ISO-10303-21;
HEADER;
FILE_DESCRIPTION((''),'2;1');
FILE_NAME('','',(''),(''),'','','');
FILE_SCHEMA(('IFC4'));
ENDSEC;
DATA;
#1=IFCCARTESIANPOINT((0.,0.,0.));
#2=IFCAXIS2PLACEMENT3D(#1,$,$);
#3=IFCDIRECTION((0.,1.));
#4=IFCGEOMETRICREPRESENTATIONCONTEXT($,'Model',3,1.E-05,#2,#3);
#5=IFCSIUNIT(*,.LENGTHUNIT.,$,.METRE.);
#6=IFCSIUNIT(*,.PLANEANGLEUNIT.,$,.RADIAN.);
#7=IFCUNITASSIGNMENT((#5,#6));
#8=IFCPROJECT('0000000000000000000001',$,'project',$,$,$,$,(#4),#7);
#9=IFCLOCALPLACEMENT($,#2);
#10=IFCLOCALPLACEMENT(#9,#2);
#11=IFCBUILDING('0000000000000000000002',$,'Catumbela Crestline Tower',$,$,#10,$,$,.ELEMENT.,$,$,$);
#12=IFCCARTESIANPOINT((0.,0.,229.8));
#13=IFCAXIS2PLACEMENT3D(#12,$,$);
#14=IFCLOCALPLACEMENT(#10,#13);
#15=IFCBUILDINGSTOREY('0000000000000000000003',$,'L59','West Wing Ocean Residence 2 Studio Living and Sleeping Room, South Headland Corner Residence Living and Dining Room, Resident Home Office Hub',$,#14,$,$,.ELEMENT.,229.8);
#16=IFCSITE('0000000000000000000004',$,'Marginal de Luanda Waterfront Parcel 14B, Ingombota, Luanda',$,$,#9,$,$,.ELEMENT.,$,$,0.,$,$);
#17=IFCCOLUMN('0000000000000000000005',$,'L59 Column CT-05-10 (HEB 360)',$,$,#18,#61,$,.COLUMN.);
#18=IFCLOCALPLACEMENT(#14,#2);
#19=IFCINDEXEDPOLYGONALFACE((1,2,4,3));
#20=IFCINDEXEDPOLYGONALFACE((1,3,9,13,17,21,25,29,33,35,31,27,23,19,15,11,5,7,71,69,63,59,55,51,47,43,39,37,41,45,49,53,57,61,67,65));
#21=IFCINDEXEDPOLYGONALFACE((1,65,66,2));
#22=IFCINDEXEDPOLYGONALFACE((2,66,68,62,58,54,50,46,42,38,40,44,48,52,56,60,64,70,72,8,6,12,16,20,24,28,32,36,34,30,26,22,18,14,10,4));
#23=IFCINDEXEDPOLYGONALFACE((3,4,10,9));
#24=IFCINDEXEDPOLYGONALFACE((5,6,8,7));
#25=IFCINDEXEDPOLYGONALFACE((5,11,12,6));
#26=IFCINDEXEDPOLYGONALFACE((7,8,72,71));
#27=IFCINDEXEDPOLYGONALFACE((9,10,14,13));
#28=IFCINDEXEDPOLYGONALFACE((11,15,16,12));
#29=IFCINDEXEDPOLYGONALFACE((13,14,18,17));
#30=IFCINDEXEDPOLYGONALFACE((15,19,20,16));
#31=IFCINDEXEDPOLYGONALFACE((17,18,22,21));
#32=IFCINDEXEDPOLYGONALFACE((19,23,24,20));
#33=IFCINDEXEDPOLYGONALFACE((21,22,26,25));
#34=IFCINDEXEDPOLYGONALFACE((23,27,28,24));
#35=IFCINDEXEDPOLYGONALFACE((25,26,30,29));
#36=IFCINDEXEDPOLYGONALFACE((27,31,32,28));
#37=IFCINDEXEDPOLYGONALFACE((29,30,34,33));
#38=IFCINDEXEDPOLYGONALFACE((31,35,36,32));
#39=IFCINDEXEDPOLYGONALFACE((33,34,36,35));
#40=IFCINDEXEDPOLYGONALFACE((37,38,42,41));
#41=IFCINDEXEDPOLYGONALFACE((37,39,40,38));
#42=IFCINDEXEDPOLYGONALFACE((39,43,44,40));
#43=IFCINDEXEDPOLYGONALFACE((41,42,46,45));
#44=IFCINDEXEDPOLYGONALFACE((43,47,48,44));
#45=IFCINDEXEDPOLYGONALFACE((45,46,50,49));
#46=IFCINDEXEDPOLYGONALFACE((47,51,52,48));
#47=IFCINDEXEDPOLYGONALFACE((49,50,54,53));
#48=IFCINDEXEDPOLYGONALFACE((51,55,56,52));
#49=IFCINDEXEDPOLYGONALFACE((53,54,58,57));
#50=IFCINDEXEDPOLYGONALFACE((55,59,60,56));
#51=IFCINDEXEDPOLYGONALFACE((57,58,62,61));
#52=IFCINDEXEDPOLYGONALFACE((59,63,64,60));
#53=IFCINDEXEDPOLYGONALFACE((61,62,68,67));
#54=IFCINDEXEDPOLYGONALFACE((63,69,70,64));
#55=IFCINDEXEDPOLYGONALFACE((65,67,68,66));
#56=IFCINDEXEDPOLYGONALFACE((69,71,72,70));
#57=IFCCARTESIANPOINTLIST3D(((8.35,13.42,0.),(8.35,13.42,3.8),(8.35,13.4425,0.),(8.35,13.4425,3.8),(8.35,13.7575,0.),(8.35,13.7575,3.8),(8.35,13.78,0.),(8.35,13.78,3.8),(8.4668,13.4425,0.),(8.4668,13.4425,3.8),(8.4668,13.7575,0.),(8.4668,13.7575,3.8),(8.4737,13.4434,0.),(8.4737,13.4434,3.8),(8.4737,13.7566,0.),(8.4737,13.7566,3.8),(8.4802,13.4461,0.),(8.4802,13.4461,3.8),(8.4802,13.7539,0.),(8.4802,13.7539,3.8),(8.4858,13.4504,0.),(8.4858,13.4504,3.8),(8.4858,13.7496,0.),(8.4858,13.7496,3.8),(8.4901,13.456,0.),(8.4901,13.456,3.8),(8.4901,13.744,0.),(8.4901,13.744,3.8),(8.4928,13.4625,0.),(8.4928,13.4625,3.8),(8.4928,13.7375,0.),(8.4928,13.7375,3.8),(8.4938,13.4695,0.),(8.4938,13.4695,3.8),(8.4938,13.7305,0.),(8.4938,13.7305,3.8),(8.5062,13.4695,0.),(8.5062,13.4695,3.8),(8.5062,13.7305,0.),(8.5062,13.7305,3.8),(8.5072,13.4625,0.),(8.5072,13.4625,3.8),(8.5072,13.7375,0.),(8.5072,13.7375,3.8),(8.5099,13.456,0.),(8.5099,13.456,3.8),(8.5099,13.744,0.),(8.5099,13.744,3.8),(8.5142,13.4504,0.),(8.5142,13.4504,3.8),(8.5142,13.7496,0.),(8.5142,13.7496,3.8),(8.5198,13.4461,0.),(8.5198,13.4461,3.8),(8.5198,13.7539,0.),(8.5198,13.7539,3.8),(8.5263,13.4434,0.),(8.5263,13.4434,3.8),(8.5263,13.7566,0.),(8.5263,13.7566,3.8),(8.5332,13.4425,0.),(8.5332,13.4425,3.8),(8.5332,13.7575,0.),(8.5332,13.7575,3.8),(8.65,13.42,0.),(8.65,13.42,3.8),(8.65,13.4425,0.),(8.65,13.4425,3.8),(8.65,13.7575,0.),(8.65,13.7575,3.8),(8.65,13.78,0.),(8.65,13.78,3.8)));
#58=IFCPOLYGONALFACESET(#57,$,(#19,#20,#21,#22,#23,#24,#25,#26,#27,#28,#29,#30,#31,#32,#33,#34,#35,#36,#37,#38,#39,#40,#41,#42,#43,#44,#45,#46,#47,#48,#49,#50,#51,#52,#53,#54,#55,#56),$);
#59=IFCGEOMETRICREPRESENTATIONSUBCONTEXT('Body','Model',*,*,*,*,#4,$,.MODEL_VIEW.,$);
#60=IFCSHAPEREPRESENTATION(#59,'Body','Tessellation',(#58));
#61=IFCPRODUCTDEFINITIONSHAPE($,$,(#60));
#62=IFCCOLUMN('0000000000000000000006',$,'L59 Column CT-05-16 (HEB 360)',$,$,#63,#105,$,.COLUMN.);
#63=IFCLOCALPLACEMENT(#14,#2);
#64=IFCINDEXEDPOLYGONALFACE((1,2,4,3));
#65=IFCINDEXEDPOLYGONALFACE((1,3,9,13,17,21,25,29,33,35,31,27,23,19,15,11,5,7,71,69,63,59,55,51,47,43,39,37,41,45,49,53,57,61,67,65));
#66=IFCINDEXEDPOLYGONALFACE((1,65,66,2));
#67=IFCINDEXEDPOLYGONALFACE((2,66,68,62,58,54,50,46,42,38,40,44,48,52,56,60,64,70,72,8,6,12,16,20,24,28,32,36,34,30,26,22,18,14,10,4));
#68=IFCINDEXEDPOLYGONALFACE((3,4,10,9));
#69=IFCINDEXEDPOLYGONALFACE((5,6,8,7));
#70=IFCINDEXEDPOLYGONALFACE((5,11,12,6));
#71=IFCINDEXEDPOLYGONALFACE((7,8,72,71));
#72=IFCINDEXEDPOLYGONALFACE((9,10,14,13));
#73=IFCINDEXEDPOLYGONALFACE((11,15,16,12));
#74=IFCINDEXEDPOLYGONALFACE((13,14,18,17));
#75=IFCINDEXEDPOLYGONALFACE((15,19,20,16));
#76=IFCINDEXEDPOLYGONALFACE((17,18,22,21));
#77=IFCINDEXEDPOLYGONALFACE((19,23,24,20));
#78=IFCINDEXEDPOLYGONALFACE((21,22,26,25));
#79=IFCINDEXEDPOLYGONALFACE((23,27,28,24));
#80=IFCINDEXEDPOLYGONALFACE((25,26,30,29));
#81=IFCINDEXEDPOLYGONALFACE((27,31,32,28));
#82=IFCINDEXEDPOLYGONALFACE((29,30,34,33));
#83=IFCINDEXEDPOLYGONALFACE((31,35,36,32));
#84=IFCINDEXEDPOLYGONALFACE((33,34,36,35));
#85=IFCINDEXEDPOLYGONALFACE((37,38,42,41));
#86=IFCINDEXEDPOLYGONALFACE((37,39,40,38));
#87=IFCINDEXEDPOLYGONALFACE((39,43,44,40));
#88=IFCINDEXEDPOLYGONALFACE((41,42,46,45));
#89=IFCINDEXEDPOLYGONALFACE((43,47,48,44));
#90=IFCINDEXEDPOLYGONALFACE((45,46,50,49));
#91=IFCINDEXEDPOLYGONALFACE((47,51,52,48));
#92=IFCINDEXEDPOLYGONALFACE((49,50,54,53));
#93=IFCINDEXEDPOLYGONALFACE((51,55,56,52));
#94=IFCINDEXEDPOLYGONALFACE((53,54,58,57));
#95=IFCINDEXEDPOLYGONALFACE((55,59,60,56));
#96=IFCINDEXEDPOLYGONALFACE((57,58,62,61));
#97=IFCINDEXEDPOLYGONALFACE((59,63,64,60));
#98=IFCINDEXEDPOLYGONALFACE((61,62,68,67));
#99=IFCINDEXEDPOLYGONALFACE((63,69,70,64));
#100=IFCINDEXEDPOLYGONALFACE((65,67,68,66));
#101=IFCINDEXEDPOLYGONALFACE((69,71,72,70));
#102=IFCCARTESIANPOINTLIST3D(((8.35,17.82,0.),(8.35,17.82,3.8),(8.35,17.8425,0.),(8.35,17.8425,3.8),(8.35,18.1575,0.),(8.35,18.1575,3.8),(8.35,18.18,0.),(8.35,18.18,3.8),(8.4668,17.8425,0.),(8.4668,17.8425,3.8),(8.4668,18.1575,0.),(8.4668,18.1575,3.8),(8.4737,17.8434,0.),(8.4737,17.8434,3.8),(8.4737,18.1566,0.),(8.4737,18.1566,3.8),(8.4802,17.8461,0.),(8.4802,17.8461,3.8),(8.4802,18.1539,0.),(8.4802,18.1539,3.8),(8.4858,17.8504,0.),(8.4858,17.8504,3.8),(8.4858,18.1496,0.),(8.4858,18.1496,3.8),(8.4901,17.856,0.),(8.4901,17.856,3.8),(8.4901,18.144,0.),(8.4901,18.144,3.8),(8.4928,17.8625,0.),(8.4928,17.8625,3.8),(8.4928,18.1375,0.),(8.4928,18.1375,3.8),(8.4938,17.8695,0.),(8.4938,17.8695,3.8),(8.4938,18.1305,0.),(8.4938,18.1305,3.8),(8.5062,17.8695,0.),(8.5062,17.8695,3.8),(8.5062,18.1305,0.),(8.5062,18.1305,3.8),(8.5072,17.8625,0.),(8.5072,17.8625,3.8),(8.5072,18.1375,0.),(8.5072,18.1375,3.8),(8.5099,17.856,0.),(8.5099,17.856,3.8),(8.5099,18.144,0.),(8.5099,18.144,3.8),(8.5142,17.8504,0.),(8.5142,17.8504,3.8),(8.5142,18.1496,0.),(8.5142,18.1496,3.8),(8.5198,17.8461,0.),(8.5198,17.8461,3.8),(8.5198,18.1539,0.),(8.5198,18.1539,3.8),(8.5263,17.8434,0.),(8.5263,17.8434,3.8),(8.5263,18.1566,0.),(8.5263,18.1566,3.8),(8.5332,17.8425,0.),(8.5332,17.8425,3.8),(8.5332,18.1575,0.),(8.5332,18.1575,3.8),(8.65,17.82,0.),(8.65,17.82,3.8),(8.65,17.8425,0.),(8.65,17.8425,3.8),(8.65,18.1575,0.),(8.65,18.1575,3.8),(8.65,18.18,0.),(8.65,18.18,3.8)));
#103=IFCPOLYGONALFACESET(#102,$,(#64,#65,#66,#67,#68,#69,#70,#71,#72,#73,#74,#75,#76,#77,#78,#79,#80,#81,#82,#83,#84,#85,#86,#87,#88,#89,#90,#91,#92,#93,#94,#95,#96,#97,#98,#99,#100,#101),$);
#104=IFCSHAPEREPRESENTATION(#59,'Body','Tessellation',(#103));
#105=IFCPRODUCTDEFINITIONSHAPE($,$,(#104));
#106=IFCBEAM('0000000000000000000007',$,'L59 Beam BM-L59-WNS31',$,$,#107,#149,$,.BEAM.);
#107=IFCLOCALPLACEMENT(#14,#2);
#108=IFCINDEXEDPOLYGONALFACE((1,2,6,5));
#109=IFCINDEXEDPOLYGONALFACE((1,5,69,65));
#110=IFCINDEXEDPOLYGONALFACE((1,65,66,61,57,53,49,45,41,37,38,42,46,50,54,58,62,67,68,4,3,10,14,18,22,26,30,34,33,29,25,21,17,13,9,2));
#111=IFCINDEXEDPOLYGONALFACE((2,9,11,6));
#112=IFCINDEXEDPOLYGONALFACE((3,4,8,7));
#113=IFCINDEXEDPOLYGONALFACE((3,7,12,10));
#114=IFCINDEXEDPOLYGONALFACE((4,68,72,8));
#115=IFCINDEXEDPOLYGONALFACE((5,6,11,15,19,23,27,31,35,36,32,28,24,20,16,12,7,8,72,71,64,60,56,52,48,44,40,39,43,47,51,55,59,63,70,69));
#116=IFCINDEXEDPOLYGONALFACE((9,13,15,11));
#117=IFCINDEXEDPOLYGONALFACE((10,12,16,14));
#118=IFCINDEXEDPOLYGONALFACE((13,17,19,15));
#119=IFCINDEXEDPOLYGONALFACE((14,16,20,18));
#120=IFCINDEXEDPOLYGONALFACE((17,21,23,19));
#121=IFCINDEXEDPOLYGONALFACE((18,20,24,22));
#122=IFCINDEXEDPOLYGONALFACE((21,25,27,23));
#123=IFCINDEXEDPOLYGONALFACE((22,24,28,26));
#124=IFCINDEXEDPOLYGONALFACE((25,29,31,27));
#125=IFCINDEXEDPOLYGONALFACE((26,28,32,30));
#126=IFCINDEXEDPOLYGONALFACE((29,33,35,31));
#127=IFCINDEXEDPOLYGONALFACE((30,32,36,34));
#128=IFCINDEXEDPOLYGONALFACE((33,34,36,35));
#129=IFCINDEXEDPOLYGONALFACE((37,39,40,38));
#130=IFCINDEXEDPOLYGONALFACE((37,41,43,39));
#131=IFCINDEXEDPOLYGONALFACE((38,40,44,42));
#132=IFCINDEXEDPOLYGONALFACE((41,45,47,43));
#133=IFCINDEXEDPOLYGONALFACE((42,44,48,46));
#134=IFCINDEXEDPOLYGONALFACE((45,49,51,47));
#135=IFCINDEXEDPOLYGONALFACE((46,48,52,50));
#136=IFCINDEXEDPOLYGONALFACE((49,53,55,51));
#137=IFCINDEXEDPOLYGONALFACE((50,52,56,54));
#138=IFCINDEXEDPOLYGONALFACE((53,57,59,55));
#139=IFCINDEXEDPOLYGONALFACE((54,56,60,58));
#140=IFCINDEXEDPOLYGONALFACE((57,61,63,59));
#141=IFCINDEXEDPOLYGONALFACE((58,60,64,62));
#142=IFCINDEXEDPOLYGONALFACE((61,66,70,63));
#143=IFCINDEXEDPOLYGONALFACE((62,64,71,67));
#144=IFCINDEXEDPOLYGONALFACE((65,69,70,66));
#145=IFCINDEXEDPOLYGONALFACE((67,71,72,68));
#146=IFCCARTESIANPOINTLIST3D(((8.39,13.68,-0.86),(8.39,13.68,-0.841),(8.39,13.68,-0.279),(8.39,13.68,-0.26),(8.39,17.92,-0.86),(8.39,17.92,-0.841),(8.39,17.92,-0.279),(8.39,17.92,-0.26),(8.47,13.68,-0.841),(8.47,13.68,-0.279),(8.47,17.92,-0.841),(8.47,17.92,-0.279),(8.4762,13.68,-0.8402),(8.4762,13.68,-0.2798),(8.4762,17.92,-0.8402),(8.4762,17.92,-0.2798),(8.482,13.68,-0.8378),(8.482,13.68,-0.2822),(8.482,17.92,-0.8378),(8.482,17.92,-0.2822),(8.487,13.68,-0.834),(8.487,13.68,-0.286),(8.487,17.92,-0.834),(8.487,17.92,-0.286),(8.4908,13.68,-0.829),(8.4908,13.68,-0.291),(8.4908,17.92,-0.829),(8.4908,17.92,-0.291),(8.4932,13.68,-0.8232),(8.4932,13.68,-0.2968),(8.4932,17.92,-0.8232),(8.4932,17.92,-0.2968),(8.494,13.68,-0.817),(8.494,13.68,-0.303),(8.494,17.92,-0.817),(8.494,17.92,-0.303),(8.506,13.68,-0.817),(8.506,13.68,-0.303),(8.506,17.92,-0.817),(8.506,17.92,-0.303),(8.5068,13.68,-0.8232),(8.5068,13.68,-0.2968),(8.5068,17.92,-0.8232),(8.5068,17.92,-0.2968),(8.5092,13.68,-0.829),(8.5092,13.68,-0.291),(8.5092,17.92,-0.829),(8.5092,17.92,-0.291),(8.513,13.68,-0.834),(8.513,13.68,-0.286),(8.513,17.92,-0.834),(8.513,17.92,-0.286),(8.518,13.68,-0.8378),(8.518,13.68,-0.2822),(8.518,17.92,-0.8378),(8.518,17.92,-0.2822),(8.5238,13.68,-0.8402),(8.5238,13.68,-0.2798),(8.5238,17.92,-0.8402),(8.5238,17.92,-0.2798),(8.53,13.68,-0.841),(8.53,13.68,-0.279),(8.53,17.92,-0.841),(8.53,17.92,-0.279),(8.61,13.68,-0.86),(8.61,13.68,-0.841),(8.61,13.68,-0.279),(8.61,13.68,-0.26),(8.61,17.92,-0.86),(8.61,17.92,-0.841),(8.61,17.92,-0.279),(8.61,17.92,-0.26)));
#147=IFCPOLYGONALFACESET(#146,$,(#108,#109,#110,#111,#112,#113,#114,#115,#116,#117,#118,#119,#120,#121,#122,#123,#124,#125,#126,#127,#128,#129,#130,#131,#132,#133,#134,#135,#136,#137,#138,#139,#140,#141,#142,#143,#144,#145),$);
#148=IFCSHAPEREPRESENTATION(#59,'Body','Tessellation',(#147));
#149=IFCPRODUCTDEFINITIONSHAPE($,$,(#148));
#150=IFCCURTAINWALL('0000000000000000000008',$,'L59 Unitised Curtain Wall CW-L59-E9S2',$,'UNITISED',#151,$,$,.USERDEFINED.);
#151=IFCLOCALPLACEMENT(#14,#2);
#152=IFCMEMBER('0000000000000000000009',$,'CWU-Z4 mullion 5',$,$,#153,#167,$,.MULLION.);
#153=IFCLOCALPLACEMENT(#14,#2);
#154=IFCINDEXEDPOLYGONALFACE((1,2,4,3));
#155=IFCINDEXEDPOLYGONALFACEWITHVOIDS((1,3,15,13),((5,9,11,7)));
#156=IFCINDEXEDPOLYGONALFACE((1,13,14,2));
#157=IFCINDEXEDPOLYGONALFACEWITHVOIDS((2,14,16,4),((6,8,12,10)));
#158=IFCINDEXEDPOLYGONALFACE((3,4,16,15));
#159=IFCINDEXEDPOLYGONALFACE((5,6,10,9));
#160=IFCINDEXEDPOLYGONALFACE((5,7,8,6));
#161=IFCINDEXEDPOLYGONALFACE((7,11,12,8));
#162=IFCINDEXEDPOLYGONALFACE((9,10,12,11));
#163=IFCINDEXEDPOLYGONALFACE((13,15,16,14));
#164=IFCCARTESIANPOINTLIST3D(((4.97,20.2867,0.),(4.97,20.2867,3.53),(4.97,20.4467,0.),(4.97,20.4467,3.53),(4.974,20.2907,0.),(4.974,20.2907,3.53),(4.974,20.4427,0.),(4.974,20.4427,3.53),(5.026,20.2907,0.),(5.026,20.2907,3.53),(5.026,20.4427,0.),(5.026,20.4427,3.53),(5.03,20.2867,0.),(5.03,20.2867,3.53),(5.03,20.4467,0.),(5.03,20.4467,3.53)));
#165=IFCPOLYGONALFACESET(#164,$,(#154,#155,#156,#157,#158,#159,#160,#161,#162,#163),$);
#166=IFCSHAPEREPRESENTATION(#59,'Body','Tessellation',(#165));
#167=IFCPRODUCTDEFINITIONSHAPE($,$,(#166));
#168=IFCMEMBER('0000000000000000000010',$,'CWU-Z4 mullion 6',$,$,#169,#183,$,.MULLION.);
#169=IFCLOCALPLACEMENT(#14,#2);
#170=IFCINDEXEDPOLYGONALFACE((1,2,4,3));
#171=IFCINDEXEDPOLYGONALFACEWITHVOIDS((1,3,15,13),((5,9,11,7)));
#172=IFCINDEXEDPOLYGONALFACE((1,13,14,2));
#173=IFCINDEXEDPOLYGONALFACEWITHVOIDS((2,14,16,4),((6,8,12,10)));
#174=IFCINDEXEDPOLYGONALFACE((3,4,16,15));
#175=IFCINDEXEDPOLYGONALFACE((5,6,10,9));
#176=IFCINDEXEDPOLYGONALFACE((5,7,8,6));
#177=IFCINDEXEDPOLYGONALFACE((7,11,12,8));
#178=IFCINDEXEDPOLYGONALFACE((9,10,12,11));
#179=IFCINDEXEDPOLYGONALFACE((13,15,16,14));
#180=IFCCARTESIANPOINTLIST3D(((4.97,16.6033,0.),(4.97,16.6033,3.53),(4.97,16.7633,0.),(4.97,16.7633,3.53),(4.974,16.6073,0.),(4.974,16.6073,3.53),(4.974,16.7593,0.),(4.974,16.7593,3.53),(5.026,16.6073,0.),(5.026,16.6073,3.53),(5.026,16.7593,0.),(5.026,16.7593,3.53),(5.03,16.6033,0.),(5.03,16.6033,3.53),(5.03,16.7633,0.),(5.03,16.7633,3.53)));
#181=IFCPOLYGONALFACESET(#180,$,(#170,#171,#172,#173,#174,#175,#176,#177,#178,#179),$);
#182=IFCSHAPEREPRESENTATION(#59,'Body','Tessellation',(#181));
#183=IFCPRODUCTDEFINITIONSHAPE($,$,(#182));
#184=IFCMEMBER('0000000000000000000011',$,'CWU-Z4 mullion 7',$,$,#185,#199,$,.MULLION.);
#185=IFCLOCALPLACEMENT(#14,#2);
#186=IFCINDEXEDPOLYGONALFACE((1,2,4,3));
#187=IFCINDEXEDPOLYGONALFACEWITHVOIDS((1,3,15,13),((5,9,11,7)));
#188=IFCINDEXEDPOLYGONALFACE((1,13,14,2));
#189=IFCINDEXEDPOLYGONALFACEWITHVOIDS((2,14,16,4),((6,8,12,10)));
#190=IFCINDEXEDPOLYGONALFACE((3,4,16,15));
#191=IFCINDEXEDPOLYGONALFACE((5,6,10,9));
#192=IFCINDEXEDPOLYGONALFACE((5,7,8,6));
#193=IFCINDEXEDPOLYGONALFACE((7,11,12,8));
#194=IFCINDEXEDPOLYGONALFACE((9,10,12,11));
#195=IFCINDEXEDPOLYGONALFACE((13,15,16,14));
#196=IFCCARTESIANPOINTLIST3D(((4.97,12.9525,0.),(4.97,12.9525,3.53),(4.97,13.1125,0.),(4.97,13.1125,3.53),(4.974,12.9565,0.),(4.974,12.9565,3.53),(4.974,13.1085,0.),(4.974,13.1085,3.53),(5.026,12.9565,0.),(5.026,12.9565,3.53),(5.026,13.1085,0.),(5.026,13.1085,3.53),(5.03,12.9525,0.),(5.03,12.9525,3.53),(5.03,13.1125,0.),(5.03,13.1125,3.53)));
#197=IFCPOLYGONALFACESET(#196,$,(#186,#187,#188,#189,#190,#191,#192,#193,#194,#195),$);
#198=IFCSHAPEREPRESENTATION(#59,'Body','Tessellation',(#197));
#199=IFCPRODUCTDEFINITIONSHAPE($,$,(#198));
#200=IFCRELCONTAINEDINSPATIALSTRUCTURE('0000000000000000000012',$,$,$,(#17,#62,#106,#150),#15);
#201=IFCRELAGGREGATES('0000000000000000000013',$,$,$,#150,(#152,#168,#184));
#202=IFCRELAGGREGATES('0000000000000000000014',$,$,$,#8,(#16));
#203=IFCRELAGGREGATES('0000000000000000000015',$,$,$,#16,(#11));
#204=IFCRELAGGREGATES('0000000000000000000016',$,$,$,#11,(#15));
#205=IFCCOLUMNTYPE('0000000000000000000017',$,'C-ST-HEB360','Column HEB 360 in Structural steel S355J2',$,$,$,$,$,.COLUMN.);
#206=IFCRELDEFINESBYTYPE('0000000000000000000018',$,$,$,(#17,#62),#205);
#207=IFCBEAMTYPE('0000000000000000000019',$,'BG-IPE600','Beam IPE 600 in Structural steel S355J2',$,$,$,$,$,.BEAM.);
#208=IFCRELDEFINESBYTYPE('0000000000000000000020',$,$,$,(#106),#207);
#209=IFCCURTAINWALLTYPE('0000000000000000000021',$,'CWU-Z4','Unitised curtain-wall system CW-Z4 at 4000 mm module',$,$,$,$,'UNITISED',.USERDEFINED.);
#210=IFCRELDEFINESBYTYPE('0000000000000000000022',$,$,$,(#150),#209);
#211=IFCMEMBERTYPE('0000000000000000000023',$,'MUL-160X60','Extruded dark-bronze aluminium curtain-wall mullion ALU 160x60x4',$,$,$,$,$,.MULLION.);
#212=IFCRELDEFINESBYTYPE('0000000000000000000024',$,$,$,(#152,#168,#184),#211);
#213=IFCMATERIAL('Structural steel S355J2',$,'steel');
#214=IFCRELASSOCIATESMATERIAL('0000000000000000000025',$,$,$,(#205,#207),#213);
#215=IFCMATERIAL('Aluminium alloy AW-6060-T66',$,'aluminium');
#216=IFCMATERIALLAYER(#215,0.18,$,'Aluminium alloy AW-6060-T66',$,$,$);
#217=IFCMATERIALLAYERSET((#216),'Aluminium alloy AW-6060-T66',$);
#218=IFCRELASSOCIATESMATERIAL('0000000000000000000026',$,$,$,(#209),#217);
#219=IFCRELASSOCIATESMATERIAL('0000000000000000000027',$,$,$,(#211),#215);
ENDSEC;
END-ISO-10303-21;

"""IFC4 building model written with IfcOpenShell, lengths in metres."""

from ifc_helpers import new_model, si_unit, direction, frame, origin, origin_2d, place, context, subcontext, project, spatial, hollow_rectangle, i_section, extrude, material, layer, layer_set, material_profile, profile_set, type_object, element, aggregate, save


model = new_model("IFC4")

# Units and contexts
model_context = context("Model", 3, precision=1e-05, world=origin(), true_north=direction((0.0, 1.0)))
body_context = subcontext(model_context, "Body", "Model", "MODEL_VIEW")
ifc_project = project(units=[si_unit("LENGTHUNIT", "METRE"), si_unit("PLANEANGLEUNIT", "RADIAN")], contexts=[model_context])

# Site, building, storey
site_placement = place(None, origin())
site = spatial("IfcSite", under=ifc_project, at=site_placement, Name="Marginal de Luanda Waterfront Parcel 14B, Ingombota, Luanda", CompositionType="ELEMENT", RefElevation=0.0)
building_placement = place(site_placement, origin())
building = spatial("IfcBuilding", under=site, at=building_placement, Name="Catumbela Crestline Tower", CompositionType="ELEMENT")
storey_placement = place(building_placement, frame((0.0, 0.0, 229.8)))
storey = spatial("IfcBuildingStorey", under=building, at=storey_placement, Name="L59", Description="West Wing Ocean Residence 2 Studio Living and Sleeping Room, South Headland Corner Residence Living and Dining Room, Resident Home Office Hub", CompositionType="ELEMENT", Elevation=229.8)

# Columns
ifc_material_1 = material(Name="Structural steel S355J2", Category="steel")
ifc_material_profile_1 = material_profile(ifc_material_1, i_section(OverallWidth=0.3, OverallDepth=0.36, WebThickness=0.0125, FlangeThickness=0.0225, FilletRadius=0.027, at=origin_2d()), Name="HEB 360")
ifc_profile_set_1 = profile_set([ifc_material_profile_1], Name="Structural steel S355J2")
column_type = type_object("IfcColumnType", Name="C-ST-HEB360", Description="Column HEB 360 in Structural steel S355J2", PredefinedType="COLUMN", material=ifc_profile_set_1)
for number, where, z_axis, x_axis, name in (
    (1, (8.5, 13.6, 0.0), (0.0, 0.0, 1.0), (1.0, 0.0, 0.0), "L59 Column CT-05-10 (HEB 360)"),
    (2, (8.5, 18.0, 0.0), (0.0, 0.0, 1.0), (1.0, 0.0, 0.0), "L59 Column CT-05-16 (HEB 360)"),
):
    element("IfcColumn", number, at=place(storey_placement, frame(where, z_axis=z_axis, x_axis=x_axis)), inside=storey, type_object=column_type, Name=name, PredefinedType="COLUMN", context=body_context, shape_type="SweptSolid", body=[
        extrude(i_section(OverallWidth=0.3, OverallDepth=0.36, WebThickness=0.0125, FlangeThickness=0.0225, FilletRadius=0.027, at=origin_2d()), origin(), (0.0, 0.0, 1.0), 3.8),
    ])

# Beam
ifc_material_profile_2 = material_profile(ifc_material_1, i_section(OverallWidth=0.22, OverallDepth=0.6, WebThickness=0.012, FlangeThickness=0.019, FilletRadius=0.024, at=origin_2d()), Name="IPE 600")
ifc_profile_set_2 = profile_set([ifc_material_profile_2], Name="Structural steel S355J2")
beam_type = type_object("IfcBeamType", Name="BG-IPE600", Description="Beam IPE 600 in Structural steel S355J2", PredefinedType="BEAM", material=ifc_profile_set_2)
beam_placement = place(storey_placement, frame((8.5, 13.68, -0.56), z_axis=(0.0, 1.0, 0.0), x_axis=(-1.0, 0.0, 0.0)))
element("IfcBeam", 3, at=beam_placement, inside=storey, type_object=beam_type, Name="L59 Beam BM-L59-WNS31", PredefinedType="BEAM", context=body_context, shape_type="SweptSolid", body=[
    extrude(i_section(OverallWidth=0.22, OverallDepth=0.6, WebThickness=0.012, FlangeThickness=0.019, FilletRadius=0.024, at=origin_2d()), origin(), (0.0, 0.0, 1.0), 4.24),
])

# Curtain wall, members
ifc_material_2 = material(Name="Aluminium alloy AW-6060-T66", Category="aluminium")
ifc_layer_1 = layer(ifc_material_2, 0.18, Name="Aluminium alloy AW-6060-T66")
ifc_layer_set_1 = layer_set([ifc_layer_1], Name="Aluminium alloy AW-6060-T66")
curtain_wall_type = type_object("IfcCurtainWallType", Name="CWU-Z4", Description="Unitised curtain-wall system CW-Z4 at 4000 mm module", ElementType="UNITISED", PredefinedType="USERDEFINED", material=ifc_layer_set_1)
curtain_wall_placement = place(storey_placement, origin())
curtain_wall = element("IfcCurtainWall", 4, at=curtain_wall_placement, inside=storey, type_object=curtain_wall_type, Name="L59 Unitised Curtain Wall CW-L59-E9S2", ObjectType="UNITISED", PredefinedType="USERDEFINED")
ifc_material_profile_3 = material_profile(ifc_material_2, hollow_rectangle(XDim=0.06, YDim=0.16, WallThickness=0.004, at=origin_2d()), Name="ALU 160x60x4")
ifc_profile_set_3 = profile_set([ifc_material_profile_3], Name="Aluminium alloy AW-6060-T66")
member_type_1 = type_object("IfcMemberType", Name="MUL-160X60", Description="Extruded dark-bronze aluminium curtain-wall mullion ALU 160x60x4", PredefinedType="MULLION", material=ifc_profile_set_3)
member_1_placement = place(storey_placement, frame((5.0, 20.3667, 0.0), z_axis=(0.0, 0.0, 1.0), x_axis=(1.0, 0.0, 0.0)))
member_1 = element("IfcMember", 5, at=member_1_placement, type_object=member_type_1, Name="CWU-Z4 mullion 5", PredefinedType="MULLION", context=body_context, shape_type="SweptSolid", body=[
    extrude(hollow_rectangle(XDim=0.06, YDim=0.16, WallThickness=0.004, at=origin_2d()), origin(), (0.0, 0.0, 1.0), 3.53),
])
member_2_placement = place(storey_placement, frame((5.0, 16.6833, 0.0), z_axis=(0.0, 0.0, 1.0), x_axis=(1.0, 0.0, 0.0)))
member_2 = element("IfcMember", 6, at=member_2_placement, type_object=member_type_1, Name="CWU-Z4 mullion 6", PredefinedType="MULLION", context=body_context, shape_type="SweptSolid", body=[
    extrude(hollow_rectangle(XDim=0.06, YDim=0.16, WallThickness=0.004, at=origin_2d()), origin(), (0.0, 0.0, 1.0), 3.53),
])
member_3_placement = place(storey_placement, frame((5.0, 13.0325, 0.0), z_axis=(0.0, 0.0, 1.0), x_axis=(1.0, 0.0, 0.0)))
member_3 = element("IfcMember", 7, at=member_3_placement, type_object=member_type_1, Name="CWU-Z4 mullion 7", PredefinedType="MULLION", context=body_context, shape_type="SweptSolid", body=[
    extrude(hollow_rectangle(XDim=0.06, YDim=0.16, WallThickness=0.004, at=origin_2d()), origin(), (0.0, 0.0, 1.0), 3.53),
])
aggregate(curtain_wall, [member_1, member_2, member_3])

save(model, "model.ifc")
